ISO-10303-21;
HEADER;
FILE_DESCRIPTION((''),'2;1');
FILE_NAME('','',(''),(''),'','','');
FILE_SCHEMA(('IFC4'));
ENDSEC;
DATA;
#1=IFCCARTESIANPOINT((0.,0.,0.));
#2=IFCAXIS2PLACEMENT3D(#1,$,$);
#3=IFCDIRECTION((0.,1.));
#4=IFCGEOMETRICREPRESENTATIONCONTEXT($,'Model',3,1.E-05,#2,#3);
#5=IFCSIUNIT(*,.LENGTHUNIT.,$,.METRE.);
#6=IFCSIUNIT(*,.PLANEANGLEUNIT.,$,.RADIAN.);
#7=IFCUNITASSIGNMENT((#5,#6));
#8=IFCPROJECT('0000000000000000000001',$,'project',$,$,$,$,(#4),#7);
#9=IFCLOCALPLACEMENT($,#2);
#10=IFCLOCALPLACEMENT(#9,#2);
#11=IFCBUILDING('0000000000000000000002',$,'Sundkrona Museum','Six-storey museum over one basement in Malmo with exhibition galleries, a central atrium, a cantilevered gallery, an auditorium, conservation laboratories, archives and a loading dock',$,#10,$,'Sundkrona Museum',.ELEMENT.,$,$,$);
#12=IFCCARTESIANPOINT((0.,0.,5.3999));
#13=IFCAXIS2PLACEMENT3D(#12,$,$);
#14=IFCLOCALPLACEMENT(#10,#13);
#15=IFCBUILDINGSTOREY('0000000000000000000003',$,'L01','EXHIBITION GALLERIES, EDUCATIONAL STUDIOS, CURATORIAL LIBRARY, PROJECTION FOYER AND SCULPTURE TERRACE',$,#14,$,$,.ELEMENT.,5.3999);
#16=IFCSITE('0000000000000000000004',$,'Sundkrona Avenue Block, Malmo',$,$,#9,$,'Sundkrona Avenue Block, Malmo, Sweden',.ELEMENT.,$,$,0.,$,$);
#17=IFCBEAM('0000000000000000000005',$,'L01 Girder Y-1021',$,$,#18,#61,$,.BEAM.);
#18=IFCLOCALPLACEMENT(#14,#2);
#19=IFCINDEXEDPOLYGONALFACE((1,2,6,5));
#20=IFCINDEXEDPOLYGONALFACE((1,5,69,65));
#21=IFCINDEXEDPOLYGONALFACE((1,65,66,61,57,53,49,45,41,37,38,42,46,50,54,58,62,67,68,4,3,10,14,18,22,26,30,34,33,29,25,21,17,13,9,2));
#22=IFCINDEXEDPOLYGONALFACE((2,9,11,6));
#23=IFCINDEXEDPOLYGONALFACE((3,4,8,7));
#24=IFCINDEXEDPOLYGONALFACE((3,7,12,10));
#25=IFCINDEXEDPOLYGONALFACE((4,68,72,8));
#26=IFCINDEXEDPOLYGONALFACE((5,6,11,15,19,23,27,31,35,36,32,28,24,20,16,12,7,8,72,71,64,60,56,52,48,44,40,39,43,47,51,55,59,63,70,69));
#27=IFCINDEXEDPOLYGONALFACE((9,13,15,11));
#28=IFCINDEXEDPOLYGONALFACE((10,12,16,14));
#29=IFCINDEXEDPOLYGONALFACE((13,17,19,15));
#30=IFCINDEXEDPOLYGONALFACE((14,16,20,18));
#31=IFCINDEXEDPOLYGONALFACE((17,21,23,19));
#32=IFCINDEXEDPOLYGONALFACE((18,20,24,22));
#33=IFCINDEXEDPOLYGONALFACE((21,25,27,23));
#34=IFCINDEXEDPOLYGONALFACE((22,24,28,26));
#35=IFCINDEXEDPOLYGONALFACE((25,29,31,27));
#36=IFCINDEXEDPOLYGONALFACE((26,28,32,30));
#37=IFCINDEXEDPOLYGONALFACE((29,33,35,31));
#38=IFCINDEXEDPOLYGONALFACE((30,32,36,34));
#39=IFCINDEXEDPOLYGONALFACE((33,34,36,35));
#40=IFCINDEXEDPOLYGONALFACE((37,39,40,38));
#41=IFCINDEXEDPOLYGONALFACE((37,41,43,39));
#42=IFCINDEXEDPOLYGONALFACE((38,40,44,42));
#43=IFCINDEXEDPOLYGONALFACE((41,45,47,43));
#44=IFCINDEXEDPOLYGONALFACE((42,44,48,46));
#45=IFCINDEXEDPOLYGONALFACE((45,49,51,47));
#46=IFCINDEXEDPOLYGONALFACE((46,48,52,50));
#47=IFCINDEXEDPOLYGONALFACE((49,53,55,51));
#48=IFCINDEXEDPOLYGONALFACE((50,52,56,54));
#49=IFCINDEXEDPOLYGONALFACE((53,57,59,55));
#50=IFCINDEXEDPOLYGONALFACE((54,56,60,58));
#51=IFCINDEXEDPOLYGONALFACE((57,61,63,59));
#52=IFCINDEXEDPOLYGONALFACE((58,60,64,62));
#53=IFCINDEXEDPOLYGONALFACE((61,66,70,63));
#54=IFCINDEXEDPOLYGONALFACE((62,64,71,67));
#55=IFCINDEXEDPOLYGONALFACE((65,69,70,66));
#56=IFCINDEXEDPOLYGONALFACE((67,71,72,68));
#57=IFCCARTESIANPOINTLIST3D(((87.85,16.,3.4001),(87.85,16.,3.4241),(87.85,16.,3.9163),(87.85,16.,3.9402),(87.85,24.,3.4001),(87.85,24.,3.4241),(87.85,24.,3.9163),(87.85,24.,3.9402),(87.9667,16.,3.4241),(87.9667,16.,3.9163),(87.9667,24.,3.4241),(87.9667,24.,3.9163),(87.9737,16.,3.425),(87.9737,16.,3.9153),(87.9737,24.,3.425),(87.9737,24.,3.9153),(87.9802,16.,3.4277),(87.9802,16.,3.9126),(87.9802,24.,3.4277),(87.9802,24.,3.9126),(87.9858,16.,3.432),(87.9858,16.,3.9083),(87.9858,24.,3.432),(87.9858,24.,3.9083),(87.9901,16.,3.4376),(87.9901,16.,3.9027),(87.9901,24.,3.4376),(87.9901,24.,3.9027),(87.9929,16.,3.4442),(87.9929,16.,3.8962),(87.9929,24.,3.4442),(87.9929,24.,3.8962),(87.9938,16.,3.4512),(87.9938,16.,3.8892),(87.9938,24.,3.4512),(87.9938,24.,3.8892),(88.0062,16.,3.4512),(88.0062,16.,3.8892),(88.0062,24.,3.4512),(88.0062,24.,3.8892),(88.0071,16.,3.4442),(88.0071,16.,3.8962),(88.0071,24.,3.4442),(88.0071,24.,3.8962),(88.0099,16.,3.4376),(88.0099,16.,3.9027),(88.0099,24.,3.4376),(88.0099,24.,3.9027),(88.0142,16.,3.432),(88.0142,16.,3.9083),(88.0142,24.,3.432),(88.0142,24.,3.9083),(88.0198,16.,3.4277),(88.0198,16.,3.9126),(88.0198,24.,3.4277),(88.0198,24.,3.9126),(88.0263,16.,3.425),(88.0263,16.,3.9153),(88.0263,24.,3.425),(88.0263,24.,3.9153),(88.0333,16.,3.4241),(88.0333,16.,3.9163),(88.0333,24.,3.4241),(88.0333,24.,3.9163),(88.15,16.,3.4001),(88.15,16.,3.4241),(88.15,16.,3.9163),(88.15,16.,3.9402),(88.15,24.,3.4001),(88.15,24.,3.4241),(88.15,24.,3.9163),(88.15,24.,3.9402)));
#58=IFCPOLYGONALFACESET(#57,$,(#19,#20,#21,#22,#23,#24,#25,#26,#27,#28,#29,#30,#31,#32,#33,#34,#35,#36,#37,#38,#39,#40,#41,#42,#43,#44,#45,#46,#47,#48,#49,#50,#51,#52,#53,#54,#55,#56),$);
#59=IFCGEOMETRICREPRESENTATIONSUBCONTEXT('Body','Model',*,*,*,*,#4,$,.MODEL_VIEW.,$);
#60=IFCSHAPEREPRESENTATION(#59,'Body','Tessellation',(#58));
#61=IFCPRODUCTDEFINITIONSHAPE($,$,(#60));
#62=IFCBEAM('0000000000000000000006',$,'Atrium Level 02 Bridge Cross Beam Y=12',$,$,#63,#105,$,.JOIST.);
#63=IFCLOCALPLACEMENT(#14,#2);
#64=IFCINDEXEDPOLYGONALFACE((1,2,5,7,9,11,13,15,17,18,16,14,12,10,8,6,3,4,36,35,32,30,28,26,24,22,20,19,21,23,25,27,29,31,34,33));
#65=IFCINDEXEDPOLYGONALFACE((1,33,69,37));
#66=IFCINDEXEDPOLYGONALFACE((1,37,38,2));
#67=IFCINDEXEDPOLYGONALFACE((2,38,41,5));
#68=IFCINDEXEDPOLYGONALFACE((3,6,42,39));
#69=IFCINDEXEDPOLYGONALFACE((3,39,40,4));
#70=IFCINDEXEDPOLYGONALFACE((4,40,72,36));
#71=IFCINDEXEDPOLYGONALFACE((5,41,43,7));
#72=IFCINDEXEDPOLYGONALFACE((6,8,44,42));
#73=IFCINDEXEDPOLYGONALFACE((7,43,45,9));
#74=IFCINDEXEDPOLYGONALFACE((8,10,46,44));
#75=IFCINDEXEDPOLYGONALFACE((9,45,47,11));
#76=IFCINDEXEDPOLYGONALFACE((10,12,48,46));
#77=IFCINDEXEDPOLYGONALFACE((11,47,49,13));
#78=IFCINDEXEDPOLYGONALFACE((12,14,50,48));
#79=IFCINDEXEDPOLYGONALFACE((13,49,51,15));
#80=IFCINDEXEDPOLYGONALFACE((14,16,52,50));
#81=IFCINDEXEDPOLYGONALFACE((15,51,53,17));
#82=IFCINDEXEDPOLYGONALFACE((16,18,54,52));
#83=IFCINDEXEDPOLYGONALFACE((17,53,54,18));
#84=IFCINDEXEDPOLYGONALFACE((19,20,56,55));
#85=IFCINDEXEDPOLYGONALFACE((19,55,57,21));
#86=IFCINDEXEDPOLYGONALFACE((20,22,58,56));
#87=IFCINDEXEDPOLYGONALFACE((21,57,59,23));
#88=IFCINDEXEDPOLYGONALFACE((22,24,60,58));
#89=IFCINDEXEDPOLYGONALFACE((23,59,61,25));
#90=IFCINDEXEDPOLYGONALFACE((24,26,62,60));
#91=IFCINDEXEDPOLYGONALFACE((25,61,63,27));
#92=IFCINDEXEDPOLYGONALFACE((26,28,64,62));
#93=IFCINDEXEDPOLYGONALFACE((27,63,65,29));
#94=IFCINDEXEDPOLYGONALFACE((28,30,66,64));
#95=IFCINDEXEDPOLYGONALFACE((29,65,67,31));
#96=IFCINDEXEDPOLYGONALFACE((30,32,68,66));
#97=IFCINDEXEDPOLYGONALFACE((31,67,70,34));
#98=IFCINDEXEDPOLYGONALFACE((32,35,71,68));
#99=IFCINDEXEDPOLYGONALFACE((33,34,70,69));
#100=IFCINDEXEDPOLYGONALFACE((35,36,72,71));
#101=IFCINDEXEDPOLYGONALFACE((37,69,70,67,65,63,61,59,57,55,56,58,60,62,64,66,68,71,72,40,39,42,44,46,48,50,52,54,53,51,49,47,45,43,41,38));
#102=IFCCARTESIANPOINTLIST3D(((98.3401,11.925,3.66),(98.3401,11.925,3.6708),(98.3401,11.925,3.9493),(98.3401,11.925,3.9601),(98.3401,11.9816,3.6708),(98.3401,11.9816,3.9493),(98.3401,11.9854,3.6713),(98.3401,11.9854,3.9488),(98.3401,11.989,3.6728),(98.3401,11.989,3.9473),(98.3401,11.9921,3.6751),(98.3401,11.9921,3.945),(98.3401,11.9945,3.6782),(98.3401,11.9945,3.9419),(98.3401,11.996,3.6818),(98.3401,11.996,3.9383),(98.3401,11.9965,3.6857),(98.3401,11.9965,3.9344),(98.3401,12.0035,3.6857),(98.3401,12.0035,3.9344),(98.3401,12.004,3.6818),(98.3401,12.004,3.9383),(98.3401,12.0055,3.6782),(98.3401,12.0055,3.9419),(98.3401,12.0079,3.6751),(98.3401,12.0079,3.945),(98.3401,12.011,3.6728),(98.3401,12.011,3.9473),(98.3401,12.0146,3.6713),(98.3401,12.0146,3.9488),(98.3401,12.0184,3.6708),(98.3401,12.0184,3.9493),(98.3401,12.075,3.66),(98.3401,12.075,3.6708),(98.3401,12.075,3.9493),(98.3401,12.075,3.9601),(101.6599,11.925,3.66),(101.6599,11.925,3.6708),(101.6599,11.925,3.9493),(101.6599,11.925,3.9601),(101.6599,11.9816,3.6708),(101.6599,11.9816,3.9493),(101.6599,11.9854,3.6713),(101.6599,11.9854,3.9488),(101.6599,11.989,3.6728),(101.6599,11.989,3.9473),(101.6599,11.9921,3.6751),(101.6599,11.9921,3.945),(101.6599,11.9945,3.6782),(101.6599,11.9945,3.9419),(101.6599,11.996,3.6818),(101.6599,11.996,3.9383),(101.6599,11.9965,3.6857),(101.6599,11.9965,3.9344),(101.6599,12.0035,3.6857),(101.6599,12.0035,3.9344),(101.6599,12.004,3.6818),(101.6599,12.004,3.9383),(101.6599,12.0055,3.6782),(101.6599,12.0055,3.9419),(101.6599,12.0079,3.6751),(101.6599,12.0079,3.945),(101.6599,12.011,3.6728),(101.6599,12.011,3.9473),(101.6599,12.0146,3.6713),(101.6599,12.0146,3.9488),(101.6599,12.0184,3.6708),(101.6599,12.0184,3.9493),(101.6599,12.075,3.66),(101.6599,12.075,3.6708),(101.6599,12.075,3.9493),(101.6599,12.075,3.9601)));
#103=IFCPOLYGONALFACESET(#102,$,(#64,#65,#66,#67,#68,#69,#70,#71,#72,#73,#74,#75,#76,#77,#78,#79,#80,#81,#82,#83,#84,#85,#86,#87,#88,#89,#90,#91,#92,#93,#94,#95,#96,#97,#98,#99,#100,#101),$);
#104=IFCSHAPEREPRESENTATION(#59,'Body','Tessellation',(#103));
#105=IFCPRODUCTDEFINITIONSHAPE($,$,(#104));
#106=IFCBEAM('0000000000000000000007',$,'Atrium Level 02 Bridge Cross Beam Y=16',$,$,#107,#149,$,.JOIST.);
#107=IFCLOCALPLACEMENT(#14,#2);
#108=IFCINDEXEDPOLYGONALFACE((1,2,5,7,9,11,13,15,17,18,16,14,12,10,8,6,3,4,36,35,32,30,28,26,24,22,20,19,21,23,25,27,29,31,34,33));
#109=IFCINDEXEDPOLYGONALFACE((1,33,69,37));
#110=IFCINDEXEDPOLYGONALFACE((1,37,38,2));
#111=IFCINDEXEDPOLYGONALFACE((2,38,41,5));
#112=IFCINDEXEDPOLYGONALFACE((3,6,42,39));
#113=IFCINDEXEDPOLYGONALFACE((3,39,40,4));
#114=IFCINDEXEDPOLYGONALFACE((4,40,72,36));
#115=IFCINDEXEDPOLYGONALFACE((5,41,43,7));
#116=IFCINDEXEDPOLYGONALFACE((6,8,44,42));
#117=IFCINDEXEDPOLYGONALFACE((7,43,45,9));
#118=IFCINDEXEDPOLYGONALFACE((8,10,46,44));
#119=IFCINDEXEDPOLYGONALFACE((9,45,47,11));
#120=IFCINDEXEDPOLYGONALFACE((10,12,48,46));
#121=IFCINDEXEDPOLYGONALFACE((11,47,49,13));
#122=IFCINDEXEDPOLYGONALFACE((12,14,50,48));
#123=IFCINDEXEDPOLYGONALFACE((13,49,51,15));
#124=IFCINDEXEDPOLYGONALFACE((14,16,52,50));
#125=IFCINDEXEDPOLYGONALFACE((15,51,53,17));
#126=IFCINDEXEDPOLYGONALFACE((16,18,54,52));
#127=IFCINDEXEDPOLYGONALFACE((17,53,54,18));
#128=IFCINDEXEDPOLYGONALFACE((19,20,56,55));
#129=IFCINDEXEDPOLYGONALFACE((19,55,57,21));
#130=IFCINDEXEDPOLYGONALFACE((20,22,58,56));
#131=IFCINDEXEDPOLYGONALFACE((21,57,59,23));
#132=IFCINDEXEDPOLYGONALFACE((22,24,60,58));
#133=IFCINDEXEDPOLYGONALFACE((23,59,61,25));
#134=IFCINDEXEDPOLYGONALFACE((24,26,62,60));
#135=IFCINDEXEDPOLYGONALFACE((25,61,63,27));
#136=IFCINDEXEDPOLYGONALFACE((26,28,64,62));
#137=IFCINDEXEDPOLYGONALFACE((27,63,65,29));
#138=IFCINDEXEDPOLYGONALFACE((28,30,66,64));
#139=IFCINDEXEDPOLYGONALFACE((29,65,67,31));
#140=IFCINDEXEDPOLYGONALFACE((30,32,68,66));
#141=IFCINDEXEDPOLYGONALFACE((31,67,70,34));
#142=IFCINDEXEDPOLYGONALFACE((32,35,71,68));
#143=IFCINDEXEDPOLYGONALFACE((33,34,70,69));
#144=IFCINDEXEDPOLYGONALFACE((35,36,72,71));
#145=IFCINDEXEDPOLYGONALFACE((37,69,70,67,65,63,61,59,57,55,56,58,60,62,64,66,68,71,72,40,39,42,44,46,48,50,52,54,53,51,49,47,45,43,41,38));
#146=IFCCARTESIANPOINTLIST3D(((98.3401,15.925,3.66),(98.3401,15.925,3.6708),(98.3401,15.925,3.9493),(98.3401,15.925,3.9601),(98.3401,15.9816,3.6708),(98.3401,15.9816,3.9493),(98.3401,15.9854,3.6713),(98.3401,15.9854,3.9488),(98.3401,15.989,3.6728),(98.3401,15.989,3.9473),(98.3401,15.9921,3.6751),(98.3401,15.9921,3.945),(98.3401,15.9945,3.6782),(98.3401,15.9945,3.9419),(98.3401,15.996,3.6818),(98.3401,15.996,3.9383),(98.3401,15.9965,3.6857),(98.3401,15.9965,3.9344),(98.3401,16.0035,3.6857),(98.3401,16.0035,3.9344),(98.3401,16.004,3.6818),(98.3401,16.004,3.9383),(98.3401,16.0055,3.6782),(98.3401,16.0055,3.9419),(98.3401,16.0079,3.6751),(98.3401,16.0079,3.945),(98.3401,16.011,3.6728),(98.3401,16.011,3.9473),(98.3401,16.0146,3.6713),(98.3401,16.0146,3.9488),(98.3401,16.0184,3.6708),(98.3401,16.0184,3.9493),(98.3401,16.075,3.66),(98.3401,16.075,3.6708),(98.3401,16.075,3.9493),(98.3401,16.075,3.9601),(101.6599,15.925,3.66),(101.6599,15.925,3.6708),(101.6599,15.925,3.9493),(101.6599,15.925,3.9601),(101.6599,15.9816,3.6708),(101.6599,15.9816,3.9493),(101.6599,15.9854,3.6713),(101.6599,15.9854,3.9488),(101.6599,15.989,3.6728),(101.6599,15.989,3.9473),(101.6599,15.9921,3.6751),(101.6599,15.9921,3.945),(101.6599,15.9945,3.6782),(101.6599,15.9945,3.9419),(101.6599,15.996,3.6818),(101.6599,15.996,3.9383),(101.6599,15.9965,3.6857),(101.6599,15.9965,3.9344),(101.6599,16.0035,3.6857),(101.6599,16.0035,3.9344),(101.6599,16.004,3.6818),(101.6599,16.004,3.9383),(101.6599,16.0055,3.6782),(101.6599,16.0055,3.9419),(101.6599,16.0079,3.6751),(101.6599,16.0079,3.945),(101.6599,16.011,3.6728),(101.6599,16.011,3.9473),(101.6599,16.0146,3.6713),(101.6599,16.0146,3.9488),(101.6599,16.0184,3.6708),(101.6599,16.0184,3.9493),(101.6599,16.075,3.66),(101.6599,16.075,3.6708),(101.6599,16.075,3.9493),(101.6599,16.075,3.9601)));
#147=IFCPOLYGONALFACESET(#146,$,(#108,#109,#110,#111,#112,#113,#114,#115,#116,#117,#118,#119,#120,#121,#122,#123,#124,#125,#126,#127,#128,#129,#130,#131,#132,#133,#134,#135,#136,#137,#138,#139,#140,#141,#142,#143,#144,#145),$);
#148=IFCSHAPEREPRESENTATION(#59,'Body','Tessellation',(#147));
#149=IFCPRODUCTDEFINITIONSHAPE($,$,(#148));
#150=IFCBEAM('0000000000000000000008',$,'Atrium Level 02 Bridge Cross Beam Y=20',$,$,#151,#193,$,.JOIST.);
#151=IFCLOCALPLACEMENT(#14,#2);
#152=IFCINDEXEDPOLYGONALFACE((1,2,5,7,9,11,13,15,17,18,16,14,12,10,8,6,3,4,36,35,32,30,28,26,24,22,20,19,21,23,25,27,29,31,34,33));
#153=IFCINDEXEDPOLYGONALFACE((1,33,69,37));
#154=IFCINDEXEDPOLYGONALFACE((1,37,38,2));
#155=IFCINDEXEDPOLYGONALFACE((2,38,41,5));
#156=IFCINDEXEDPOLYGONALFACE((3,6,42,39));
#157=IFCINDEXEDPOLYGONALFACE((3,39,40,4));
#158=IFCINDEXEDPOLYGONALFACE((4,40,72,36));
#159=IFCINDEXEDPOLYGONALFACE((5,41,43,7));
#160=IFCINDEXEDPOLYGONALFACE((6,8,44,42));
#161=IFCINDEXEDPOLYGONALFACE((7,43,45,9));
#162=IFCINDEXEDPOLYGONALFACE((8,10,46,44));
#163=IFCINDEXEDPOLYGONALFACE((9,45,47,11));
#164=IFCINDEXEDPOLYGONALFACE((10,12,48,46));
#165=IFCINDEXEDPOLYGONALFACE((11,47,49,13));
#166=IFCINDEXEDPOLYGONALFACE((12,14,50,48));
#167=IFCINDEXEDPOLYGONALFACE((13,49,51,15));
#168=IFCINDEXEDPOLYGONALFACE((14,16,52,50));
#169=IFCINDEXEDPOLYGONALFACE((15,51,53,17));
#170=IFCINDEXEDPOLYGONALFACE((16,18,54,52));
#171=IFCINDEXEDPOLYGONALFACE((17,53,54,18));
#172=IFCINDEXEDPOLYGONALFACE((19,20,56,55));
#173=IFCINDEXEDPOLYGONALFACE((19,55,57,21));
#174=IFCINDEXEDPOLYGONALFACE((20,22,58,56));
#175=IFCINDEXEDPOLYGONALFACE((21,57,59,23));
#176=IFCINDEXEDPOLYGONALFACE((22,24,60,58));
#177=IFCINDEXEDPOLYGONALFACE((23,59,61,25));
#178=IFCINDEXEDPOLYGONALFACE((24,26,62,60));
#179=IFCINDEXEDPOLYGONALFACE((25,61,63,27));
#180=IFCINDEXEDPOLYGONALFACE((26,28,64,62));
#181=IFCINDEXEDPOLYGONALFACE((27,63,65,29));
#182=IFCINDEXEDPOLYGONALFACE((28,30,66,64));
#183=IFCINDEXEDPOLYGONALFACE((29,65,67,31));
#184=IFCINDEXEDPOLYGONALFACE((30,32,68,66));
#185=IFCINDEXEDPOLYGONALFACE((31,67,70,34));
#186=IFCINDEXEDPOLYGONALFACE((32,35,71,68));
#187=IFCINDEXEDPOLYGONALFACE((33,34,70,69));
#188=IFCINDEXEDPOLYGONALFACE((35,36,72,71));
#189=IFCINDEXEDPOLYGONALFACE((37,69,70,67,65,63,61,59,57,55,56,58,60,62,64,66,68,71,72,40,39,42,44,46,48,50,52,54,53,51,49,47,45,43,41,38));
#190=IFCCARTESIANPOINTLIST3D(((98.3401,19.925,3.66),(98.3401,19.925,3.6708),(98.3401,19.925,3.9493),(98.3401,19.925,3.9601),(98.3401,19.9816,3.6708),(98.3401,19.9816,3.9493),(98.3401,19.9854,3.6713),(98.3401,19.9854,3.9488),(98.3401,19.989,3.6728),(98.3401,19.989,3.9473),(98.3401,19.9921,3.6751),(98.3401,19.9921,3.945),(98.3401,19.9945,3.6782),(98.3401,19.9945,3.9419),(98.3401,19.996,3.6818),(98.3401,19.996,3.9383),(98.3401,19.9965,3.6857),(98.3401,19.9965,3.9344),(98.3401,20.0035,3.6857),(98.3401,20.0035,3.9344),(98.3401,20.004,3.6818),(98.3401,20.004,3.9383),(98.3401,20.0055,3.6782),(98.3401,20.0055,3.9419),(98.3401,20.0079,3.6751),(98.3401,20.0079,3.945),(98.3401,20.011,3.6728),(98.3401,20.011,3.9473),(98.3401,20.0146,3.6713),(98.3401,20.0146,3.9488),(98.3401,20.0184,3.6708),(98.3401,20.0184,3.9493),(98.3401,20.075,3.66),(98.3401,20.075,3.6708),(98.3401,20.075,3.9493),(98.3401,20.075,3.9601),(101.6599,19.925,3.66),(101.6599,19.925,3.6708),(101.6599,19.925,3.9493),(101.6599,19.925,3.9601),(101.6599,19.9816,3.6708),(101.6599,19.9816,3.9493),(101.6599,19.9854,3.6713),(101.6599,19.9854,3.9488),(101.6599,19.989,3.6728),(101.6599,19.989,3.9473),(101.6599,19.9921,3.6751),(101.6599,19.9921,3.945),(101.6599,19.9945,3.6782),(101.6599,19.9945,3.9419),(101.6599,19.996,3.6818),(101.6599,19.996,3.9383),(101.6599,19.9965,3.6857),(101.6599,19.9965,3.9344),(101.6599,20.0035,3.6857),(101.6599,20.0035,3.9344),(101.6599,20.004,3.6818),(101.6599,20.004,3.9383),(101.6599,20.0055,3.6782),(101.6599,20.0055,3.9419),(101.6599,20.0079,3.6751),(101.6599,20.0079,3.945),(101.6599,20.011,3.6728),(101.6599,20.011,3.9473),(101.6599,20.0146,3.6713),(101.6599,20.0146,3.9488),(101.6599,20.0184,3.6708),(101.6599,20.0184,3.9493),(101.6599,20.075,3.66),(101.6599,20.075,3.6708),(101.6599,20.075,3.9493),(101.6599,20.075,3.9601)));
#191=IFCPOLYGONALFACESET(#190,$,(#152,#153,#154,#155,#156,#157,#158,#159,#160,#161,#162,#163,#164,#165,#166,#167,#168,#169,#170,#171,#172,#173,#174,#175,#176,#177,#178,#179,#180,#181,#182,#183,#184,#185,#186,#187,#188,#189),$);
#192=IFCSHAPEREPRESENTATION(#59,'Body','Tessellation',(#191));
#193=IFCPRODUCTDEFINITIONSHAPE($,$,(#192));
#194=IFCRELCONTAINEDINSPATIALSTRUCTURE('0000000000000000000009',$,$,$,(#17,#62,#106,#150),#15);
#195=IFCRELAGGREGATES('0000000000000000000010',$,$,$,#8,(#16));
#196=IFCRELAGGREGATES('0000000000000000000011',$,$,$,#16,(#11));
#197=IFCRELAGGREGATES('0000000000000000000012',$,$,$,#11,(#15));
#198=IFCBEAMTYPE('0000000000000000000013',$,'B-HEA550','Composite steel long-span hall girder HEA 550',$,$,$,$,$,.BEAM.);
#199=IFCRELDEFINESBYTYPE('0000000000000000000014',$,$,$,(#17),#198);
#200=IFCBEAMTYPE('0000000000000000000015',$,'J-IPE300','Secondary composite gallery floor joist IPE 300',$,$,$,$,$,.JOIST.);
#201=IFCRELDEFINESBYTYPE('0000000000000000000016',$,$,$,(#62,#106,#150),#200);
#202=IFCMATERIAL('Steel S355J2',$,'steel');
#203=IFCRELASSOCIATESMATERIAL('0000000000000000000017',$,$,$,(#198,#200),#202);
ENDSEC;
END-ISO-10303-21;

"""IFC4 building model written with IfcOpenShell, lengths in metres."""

from ifc_helpers import new_model, si_unit, direction, frame, origin, origin_2d, place, context, subcontext, project, spatial, i_section, extrude, material, material_profile, profile_set, type_object, element, save


model = new_model("IFC4")

# Units and contexts
model_context = context("Model", 3, precision=1e-05, world=origin(), true_north=direction((0.0, 1.0)))
body_context = subcontext(model_context, "Body", "Model", "MODEL_VIEW")
ifc_project = project(units=[si_unit("LENGTHUNIT", "METRE"), si_unit("PLANEANGLEUNIT", "RADIAN")], contexts=[model_context])

# Site, building, storey
site_placement = place(None, origin())
site = spatial("IfcSite", under=ifc_project, at=site_placement, Name="Sundkrona Avenue Block, Malmo", LongName="Sundkrona Avenue Block, Malmo, Sweden", CompositionType="ELEMENT", RefElevation=0.0)
building_placement = place(site_placement, origin())
building = spatial("IfcBuilding", under=site, at=building_placement, Name="Sundkrona Museum", Description="Six-storey museum over one basement in Malmo with exhibition galleries, a central atrium, a cantilevered gallery, an auditorium, conservation laboratories, archives and a loading dock", LongName="Sundkrona Museum", CompositionType="ELEMENT")
storey_placement = place(building_placement, frame((0.0, 0.0, 5.3999)))
storey = spatial("IfcBuildingStorey", under=building, at=storey_placement, Name="L01", Description="EXHIBITION GALLERIES, EDUCATIONAL STUDIOS, CURATORIAL LIBRARY, PROJECTION FOYER AND SCULPTURE TERRACE", CompositionType="ELEMENT", Elevation=5.3999)

# Shared definitions
ifc_material_1 = material(Name="Steel S355J2", Category="steel")

# Beams
ifc_material_profile_1 = material_profile(ifc_material_1, i_section(OverallWidth=0.3, OverallDepth=0.54, WebThickness=0.0125, FlangeThickness=0.0239, FilletRadius=0.0271, at=origin_2d()), Name="HEA 550")
ifc_profile_set_1 = profile_set([ifc_material_profile_1], Name="Steel S355J2")
beam_type_1 = type_object("IfcBeamType", Name="B-HEA550", Description="Composite steel long-span hall girder HEA 550", PredefinedType="BEAM", material=ifc_profile_set_1)
beam_placement = place(storey_placement, frame((88.0, 16.0, 3.6702), z_axis=(0.0, 1.0, 0.0), x_axis=(-1.0, 0.0, 0.0)))
element("IfcBeam", 1, at=beam_placement, inside=storey, type_object=beam_type_1, Name="L01 Girder Y-1021", PredefinedType="BEAM", context=body_context, shape_type="SweptSolid", body=[
    extrude(i_section(OverallWidth=0.3, OverallDepth=0.54, WebThickness=0.0125, FlangeThickness=0.0239, FilletRadius=0.0271, at=origin_2d()), origin(), (0.0, 0.0, 1.0), 8.0),
])
ifc_material_profile_2 = material_profile(ifc_material_1, i_section(OverallWidth=0.1499, OverallDepth=0.3, WebThickness=0.0071, FlangeThickness=0.0107, FilletRadius=0.0149, at=origin_2d()), Name="IPE 300")
ifc_profile_set_2 = profile_set([ifc_material_profile_2], Name="Steel S355J2")
beam_type_2 = type_object("IfcBeamType", Name="J-IPE300", Description="Secondary composite gallery floor joist IPE 300", PredefinedType="JOIST", material=ifc_profile_set_2)
for number, where, z_axis, x_axis, name in (
    (2, (98.3401, 12.0, 3.8101), (1.0, 0.0, 0.0), (0.0, 1.0, 0.0), "Atrium Level 02 Bridge Cross Beam Y=12"),
    (3, (98.3401, 16.0, 3.8101), (1.0, 0.0, 0.0), (0.0, 1.0, 0.0), "Atrium Level 02 Bridge Cross Beam Y=16"),
    (4, (98.3401, 20.0, 3.8101), (1.0, 0.0, 0.0), (0.0, 1.0, 0.0), "Atrium Level 02 Bridge Cross Beam Y=20"),
):
    element("IfcBeam", number, at=place(storey_placement, frame(where, z_axis=z_axis, x_axis=x_axis)), inside=storey, type_object=beam_type_2, Name=name, PredefinedType="JOIST", context=body_context, shape_type="SweptSolid", body=[
        extrude(i_section(OverallWidth=0.1499, OverallDepth=0.3, WebThickness=0.0071, FlangeThickness=0.0107, FilletRadius=0.0149, at=origin_2d()), origin(), (0.0, 0.0, 1.0), 3.3198),
    ])

save(model, "model.ifc")
